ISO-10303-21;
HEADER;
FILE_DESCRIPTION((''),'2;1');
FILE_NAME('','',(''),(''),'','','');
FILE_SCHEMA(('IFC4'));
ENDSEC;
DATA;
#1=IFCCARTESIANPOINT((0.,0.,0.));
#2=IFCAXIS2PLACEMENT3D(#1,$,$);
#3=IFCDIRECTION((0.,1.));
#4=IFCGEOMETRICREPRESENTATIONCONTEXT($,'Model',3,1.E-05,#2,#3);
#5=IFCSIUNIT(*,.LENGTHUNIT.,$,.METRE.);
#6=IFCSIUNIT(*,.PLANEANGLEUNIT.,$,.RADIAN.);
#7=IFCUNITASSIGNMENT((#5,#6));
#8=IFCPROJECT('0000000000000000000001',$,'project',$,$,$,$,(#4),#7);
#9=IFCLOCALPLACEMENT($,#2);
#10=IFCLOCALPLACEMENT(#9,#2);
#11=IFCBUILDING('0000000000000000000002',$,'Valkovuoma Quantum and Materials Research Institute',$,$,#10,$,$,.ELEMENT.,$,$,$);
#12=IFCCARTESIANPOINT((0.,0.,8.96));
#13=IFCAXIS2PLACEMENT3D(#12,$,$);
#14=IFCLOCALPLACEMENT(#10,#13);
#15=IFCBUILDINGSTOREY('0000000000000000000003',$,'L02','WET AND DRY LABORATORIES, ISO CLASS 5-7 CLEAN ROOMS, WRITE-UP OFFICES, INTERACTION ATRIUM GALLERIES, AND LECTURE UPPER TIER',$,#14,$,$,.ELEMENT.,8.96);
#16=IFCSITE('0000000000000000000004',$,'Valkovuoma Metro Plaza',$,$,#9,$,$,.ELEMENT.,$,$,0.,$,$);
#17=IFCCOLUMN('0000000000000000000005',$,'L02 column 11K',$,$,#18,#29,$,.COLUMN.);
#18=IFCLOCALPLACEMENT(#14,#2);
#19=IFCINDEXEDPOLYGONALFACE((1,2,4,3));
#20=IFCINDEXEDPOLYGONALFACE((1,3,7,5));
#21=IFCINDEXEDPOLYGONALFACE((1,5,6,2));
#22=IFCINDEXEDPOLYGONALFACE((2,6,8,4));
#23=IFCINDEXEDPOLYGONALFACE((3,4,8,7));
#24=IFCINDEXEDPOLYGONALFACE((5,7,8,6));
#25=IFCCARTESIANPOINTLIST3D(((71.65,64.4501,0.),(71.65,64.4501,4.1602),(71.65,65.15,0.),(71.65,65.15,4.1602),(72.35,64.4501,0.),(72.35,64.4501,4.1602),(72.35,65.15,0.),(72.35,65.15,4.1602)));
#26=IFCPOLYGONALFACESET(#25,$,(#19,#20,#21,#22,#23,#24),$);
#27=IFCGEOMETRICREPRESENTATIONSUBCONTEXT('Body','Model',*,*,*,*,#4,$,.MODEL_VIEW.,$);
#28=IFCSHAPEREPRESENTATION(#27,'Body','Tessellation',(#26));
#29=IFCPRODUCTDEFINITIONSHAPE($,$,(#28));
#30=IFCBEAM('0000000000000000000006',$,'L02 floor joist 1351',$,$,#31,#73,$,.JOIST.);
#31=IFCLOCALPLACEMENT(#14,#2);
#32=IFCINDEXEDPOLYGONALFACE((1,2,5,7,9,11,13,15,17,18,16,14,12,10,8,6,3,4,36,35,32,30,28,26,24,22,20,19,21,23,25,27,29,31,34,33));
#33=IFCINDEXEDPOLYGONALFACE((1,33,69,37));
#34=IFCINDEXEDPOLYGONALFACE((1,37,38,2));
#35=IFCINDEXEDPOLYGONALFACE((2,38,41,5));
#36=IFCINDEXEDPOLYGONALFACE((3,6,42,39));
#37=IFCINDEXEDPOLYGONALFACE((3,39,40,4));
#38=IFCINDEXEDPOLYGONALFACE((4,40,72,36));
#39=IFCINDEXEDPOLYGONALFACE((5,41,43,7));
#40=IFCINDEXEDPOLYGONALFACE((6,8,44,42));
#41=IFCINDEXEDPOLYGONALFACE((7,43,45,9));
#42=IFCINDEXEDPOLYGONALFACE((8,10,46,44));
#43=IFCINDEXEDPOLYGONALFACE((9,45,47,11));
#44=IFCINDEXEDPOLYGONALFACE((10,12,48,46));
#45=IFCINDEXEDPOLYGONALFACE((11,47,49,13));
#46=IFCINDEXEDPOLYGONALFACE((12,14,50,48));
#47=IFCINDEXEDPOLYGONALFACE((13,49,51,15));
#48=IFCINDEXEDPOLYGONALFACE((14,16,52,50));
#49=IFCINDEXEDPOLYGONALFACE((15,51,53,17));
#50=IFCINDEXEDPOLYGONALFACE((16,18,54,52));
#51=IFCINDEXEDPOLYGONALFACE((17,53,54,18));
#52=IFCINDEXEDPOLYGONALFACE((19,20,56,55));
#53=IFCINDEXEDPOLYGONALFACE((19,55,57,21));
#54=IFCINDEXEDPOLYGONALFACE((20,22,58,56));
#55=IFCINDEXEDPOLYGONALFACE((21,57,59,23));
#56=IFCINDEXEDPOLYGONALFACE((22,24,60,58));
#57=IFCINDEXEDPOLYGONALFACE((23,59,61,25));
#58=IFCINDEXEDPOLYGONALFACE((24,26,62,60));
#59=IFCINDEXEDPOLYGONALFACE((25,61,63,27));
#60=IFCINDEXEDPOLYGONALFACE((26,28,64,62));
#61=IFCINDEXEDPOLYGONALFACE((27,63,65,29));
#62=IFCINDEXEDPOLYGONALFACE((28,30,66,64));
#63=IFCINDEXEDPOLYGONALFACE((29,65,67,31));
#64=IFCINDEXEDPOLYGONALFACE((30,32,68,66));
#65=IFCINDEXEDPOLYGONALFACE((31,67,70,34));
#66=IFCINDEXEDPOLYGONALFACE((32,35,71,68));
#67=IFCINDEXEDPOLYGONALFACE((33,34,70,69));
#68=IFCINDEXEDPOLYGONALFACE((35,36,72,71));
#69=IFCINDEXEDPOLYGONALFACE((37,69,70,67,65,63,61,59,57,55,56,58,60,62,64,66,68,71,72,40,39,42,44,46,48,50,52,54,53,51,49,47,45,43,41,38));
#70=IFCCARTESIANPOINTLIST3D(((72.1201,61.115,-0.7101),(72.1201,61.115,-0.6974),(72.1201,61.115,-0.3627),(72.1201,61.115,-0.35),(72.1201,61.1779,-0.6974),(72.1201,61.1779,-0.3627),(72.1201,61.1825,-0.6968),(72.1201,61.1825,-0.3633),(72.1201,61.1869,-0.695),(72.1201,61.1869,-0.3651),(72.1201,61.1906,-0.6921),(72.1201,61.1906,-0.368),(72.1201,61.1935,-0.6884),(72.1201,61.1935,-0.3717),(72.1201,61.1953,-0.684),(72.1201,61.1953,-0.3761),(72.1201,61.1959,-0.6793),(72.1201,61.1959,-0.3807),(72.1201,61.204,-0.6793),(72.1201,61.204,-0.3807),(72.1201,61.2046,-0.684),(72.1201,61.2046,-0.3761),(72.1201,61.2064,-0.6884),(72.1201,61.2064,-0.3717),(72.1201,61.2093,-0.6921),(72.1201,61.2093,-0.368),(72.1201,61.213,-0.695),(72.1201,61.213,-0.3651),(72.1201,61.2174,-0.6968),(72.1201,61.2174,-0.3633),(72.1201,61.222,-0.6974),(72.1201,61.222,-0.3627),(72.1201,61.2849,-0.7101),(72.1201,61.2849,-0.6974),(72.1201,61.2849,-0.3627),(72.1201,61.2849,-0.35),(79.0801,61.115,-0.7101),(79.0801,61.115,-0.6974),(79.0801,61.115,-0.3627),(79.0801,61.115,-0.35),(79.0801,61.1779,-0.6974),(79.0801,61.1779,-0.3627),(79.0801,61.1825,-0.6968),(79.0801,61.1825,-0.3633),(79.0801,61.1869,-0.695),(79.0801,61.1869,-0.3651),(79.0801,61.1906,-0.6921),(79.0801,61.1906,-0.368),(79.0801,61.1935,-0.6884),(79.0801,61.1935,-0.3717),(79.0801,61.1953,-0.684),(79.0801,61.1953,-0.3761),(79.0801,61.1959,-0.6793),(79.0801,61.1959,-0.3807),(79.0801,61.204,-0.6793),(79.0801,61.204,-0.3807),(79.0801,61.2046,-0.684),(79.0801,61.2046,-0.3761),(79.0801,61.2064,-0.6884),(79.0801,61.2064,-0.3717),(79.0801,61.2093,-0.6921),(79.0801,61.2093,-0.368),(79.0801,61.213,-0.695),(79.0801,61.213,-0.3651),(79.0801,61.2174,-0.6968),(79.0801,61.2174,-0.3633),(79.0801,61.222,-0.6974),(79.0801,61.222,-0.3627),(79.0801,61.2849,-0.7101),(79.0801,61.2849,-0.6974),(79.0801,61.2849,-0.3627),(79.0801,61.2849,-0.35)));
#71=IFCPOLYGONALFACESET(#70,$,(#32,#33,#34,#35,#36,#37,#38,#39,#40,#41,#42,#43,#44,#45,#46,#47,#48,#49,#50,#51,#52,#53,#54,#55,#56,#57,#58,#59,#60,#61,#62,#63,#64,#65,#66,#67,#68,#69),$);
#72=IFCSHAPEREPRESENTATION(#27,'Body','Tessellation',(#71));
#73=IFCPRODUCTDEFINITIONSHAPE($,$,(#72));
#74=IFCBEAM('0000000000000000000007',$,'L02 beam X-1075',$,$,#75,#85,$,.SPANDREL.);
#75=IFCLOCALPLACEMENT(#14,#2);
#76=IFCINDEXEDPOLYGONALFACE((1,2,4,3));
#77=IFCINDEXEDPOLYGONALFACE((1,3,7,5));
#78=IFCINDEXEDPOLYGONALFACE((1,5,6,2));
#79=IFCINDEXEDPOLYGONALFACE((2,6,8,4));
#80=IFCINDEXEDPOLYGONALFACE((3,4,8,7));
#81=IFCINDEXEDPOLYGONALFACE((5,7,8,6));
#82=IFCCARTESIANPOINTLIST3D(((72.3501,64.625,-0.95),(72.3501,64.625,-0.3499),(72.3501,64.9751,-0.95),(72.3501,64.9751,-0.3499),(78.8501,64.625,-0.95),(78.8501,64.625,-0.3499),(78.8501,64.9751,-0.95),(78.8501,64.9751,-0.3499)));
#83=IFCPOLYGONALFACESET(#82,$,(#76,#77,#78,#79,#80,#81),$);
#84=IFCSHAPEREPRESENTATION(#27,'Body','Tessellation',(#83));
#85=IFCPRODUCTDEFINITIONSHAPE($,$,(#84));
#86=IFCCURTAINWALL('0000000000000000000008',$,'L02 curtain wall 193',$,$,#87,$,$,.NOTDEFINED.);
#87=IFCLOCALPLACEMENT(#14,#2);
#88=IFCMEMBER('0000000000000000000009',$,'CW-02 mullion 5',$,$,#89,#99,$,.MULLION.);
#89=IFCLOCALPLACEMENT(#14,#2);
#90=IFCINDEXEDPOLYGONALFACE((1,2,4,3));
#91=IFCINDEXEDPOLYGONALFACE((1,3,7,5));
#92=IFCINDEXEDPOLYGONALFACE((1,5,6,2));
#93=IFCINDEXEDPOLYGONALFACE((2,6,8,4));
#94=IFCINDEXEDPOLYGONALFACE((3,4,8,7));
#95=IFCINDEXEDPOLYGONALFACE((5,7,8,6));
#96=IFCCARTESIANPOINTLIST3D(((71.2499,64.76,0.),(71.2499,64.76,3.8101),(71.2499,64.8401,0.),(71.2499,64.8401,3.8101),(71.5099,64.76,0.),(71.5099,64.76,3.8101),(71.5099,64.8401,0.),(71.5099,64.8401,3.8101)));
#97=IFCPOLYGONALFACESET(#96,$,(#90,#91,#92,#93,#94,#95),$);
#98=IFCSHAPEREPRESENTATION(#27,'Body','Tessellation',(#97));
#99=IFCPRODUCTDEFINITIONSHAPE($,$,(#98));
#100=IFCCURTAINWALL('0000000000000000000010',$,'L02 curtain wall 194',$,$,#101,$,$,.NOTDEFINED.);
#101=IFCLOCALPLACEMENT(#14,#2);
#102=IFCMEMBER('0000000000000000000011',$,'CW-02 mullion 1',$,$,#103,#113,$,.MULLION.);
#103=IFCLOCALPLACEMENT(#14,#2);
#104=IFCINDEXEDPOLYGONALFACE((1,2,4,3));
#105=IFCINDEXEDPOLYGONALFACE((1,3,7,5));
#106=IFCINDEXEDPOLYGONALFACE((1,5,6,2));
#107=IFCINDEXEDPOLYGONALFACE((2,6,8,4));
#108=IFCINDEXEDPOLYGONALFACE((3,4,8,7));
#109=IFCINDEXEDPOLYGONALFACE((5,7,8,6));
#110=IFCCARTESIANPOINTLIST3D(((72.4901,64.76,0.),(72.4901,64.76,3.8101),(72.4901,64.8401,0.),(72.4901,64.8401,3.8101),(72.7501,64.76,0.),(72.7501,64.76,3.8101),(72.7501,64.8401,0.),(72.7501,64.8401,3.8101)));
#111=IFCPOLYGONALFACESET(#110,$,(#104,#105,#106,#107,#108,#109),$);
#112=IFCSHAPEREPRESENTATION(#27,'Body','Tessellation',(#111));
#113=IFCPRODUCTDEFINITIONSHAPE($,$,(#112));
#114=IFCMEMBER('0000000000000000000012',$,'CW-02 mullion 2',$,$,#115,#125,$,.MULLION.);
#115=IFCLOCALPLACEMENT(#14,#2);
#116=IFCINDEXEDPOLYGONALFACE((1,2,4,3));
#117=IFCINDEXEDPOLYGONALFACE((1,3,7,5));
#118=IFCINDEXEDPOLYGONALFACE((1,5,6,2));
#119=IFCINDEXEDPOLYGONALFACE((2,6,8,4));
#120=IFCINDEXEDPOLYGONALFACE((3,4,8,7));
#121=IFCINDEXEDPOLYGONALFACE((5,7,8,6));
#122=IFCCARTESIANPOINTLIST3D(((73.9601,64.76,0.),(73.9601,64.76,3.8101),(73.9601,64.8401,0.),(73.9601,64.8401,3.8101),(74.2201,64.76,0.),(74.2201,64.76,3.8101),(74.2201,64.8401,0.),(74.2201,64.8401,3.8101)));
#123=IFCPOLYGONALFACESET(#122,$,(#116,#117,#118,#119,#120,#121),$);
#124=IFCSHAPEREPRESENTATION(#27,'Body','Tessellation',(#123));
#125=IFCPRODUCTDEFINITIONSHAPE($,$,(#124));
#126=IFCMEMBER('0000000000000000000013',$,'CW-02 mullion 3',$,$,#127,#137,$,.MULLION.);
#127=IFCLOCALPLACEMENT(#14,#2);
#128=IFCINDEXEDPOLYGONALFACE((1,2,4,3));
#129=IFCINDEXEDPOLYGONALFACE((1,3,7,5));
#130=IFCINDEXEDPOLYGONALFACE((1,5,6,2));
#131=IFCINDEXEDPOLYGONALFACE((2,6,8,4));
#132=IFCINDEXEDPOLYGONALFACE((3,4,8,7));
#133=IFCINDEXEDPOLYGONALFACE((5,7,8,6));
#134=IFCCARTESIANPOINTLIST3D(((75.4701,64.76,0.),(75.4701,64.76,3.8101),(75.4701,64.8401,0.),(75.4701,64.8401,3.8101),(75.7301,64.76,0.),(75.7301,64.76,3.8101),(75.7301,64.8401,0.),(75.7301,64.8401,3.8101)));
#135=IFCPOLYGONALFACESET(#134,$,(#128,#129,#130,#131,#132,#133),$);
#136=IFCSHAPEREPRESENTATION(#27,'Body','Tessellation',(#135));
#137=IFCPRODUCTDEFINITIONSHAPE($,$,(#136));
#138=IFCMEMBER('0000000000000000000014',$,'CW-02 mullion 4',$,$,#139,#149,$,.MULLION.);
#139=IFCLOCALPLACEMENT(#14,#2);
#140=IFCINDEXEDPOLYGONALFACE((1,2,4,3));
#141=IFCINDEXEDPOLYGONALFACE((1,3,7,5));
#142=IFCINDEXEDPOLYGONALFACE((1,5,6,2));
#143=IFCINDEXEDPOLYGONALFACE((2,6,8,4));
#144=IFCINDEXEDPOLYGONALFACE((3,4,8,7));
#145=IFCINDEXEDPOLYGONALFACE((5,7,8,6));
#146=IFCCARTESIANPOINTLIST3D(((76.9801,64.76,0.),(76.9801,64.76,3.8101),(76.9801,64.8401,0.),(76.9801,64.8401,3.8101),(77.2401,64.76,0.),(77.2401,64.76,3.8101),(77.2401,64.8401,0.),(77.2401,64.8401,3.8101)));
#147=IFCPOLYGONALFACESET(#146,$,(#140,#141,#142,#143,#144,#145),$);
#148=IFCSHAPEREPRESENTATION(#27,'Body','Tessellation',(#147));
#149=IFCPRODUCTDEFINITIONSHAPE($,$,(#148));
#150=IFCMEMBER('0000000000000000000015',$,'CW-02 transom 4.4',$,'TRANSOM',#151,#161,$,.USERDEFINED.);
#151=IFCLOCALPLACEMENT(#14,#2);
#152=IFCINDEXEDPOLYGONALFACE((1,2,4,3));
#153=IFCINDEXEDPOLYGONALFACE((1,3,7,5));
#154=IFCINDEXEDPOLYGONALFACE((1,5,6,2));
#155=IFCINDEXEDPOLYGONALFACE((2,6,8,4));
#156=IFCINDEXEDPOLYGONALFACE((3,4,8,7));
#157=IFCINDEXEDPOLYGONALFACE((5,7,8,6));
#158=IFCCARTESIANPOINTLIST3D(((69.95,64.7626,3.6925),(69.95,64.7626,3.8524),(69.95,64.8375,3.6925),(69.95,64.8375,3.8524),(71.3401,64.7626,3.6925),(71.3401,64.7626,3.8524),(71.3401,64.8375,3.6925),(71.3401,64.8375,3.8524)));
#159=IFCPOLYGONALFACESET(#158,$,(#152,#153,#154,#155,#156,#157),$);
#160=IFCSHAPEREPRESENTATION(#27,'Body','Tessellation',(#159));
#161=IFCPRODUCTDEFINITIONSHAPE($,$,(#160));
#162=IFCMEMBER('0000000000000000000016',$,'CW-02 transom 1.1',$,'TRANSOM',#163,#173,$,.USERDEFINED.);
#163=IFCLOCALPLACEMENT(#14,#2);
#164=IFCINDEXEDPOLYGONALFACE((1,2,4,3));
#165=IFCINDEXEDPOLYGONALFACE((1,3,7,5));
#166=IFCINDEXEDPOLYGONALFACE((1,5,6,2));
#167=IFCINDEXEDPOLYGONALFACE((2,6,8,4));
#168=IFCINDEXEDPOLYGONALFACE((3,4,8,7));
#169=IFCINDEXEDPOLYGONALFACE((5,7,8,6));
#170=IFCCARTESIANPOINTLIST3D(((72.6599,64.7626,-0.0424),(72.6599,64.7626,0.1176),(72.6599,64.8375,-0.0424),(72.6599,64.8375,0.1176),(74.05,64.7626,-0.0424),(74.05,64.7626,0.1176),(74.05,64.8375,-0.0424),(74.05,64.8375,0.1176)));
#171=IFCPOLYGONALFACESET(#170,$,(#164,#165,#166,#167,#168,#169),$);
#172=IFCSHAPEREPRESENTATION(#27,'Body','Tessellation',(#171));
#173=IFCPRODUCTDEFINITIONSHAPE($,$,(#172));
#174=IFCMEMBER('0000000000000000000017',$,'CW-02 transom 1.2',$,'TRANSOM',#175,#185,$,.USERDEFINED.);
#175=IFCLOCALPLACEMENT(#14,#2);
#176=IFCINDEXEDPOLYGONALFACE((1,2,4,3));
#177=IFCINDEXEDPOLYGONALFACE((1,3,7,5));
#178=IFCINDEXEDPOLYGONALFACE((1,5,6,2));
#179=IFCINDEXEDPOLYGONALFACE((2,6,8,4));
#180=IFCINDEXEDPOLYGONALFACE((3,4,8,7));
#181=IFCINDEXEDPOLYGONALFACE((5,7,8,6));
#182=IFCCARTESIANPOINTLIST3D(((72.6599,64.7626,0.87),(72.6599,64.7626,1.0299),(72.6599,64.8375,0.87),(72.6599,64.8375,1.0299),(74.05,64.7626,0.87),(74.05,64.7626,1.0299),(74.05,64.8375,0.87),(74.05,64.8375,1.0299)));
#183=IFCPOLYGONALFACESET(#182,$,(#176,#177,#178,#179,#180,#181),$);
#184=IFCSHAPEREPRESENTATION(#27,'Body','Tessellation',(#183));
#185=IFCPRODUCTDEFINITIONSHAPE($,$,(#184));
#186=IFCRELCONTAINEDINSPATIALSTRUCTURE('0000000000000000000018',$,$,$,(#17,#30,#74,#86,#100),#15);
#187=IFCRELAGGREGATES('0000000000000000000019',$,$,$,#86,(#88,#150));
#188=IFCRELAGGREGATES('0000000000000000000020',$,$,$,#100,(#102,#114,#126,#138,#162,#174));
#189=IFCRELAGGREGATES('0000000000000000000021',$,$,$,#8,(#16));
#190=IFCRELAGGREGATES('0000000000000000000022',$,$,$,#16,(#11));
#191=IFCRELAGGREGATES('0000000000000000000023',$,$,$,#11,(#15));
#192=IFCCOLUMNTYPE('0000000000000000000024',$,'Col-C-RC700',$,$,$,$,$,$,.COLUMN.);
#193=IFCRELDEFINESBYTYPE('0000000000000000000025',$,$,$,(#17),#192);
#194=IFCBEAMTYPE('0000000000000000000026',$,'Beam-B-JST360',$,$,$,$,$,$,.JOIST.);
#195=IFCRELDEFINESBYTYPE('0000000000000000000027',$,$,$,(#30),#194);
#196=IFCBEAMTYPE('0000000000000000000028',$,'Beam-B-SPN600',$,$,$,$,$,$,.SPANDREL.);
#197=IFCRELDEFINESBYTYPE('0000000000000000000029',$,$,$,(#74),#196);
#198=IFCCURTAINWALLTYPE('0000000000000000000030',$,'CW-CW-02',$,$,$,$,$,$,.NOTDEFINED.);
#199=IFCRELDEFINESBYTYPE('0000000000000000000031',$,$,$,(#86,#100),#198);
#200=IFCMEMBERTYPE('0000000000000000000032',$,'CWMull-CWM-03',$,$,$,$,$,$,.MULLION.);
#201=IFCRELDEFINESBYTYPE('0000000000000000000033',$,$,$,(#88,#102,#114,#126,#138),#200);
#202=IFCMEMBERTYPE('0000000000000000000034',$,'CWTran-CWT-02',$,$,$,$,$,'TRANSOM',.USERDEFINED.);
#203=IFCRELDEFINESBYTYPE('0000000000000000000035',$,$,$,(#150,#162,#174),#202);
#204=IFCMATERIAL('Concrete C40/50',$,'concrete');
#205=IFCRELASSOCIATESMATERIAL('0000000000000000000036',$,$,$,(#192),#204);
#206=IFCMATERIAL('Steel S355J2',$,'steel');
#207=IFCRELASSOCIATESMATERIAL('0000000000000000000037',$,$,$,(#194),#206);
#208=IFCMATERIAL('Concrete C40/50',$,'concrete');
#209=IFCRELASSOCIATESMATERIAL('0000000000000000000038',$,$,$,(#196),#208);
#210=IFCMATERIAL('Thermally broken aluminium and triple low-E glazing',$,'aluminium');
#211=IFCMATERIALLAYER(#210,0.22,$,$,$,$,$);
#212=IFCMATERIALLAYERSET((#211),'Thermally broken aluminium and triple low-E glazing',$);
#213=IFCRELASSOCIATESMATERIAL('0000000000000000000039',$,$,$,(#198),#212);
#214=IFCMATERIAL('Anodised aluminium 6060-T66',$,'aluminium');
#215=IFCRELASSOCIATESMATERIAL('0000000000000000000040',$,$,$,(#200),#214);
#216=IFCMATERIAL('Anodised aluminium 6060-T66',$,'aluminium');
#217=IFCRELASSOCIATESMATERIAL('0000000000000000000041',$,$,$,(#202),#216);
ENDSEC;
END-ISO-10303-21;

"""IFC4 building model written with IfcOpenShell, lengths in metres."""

from ifc_helpers import new_model, si_unit, direction, frame, origin, origin_2d, place, context, subcontext, project, spatial, rectangle, i_section, extrude, material, layer, layer_set, material_profile, profile_set, type_object, element, aggregate, save


model = new_model("IFC4")

# Units and contexts
model_context = context("Model", 3, precision=1e-05, world=origin(), true_north=direction((0.0, 1.0)))
body_context = subcontext(model_context, "Body", "Model", "MODEL_VIEW")
ifc_project = project(units=[si_unit("LENGTHUNIT", "METRE"), si_unit("PLANEANGLEUNIT", "RADIAN")], contexts=[model_context])

# Site, building, storey
site_placement = place(None, origin())
site = spatial("IfcSite", under=ifc_project, at=site_placement, Name="Valkovuoma Metro Plaza", CompositionType="ELEMENT", RefElevation=0.0)
building_placement = place(site_placement, origin())
building = spatial("IfcBuilding", under=site, at=building_placement, Name="Valkovuoma Quantum and Materials Research Institute", CompositionType="ELEMENT")
storey_placement = place(building_placement, frame((0.0, 0.0, 8.96)))
storey = spatial("IfcBuildingStorey", under=building, at=storey_placement, Name="L02", Description="WET AND DRY LABORATORIES, ISO CLASS 5-7 CLEAN ROOMS, WRITE-UP OFFICES, INTERACTION ATRIUM GALLERIES, AND LECTURE UPPER TIER", CompositionType="ELEMENT", Elevation=8.96)

# Column
ifc_material_1 = material(Name="Concrete C40/50", Category="concrete")
ifc_material_profile_1 = material_profile(ifc_material_1, rectangle(XDim=0.7, YDim=0.7, at=origin_2d()), Name="Concrete C40/50")
ifc_profile_set_1 = profile_set([ifc_material_profile_1], Name="Concrete C40/50")
column_type = type_object("IfcColumnType", Name="Col-C-RC700", PredefinedType="COLUMN", material=ifc_profile_set_1)
column_placement = place(storey_placement, frame((72.0, 64.8, 0.0), z_axis=(0.0, 0.0, 1.0), x_axis=(1.0, 0.0, 0.0)))
element("IfcColumn", 1, at=column_placement, inside=storey, type_object=column_type, Name="L02 column 11K", PredefinedType="COLUMN", context=body_context, shape_type="SweptSolid", body=[
    extrude(rectangle(XDim=0.7, YDim=0.7, at=origin_2d()), origin(), (0.0, 0.0, 1.0), 4.1602),
])

# Beams
ifc_material_2 = material(Name="Steel S355J2", Category="steel")
ifc_material_profile_2 = material_profile(ifc_material_2, i_section(OverallWidth=0.1699, OverallDepth=0.3601, WebThickness=0.0081, FlangeThickness=0.0127, FilletRadius=0.0181, at=origin_2d()), Name="Steel S355J2")
ifc_profile_set_2 = profile_set([ifc_material_profile_2], Name="Steel S355J2")
beam_type_1 = type_object("IfcBeamType", Name="Beam-B-JST360", PredefinedType="JOIST", material=ifc_profile_set_2)
beam_1_placement = place(storey_placement, frame((72.1201, 61.2, -0.53), z_axis=(1.0, 0.0, 0.0), x_axis=(0.0, 1.0, 0.0)))
element("IfcBeam", 2, at=beam_1_placement, inside=storey, type_object=beam_type_1, Name="L02 floor joist 1351", PredefinedType="JOIST", context=body_context, shape_type="SweptSolid", body=[
    extrude(i_section(OverallWidth=0.1699, OverallDepth=0.3601, WebThickness=0.0081, FlangeThickness=0.0127, FilletRadius=0.0181, at=origin_2d()), origin(), (0.0, 0.0, 1.0), 6.96),
])
ifc_material_3 = material(Name="Concrete C40/50", Category="concrete")
ifc_material_profile_3 = material_profile(ifc_material_3, rectangle(XDim=0.3501, YDim=0.6001, at=origin_2d()), Name="Concrete C40/50")
ifc_profile_set_3 = profile_set([ifc_material_profile_3], Name="Concrete C40/50")
beam_type_2 = type_object("IfcBeamType", Name="Beam-B-SPN600", PredefinedType="SPANDREL", material=ifc_profile_set_3)
beam_2_placement = place(storey_placement, frame((72.3501, 64.8, -0.6499), z_axis=(1.0, 0.0, 0.0), x_axis=(0.0, 1.0, 0.0)))
element("IfcBeam", 3, at=beam_2_placement, inside=storey, type_object=beam_type_2, Name="L02 beam X-1075", PredefinedType="SPANDREL", context=body_context, shape_type="SweptSolid", body=[
    extrude(rectangle(XDim=0.3501, YDim=0.6001, at=origin_2d()), origin(), (0.0, 0.0, 1.0), 6.5),
])

# Curtain wall, member
ifc_material_4 = material(Name="Thermally broken aluminium and triple low-E glazing", Category="aluminium")
ifc_layer_1 = layer(ifc_material_4, 0.22)
ifc_layer_set_1 = layer_set([ifc_layer_1], Name="Thermally broken aluminium and triple low-E glazing")
curtain_wall_type = type_object("IfcCurtainWallType", Name="CW-CW-02", PredefinedType="NOTDEFINED", material=ifc_layer_set_1)
curtain_wall_1_placement = place(storey_placement, origin())
curtain_wall_1 = element("IfcCurtainWall", 4, at=curtain_wall_1_placement, inside=storey, type_object=curtain_wall_type, Name="L02 curtain wall 193", PredefinedType="NOTDEFINED")
ifc_material_5 = material(Name="Anodised aluminium 6060-T66", Category="aluminium")
ifc_material_profile_4 = material_profile(ifc_material_5, rectangle(XDim=0.0801, YDim=0.26, at=origin_2d()), Name="Anodised aluminium 6060-T66")
ifc_profile_set_4 = profile_set([ifc_material_profile_4], Name="Anodised aluminium 6060-T66")
member_type_1 = type_object("IfcMemberType", Name="CWMull-CWM-03", PredefinedType="MULLION", material=ifc_profile_set_4)
member_1_placement = place(storey_placement, frame((71.3799, 64.8, 0.0), z_axis=(0.0, 0.0, 1.0), x_axis=(0.0, 1.0, 0.0)))
member_1 = element("IfcMember", 5, at=member_1_placement, type_object=member_type_1, Name="CW-02 mullion 5", PredefinedType="MULLION", context=body_context, shape_type="SweptSolid", body=[
    extrude(rectangle(XDim=0.0801, YDim=0.26, at=origin_2d()), origin(), (0.0, 0.0, 1.0), 3.8101),
])

# Curtain wall, members
curtain_wall_2_placement = place(storey_placement, origin())
curtain_wall_2 = element("IfcCurtainWall", 6, at=curtain_wall_2_placement, inside=storey, type_object=curtain_wall_type, Name="L02 curtain wall 194", PredefinedType="NOTDEFINED")
member_2_placement = place(storey_placement, frame((72.6201, 64.8, 0.0), z_axis=(0.0, 0.0, 1.0), x_axis=(0.0, 1.0, 0.0)))
member_2 = element("IfcMember", 7, at=member_2_placement, type_object=member_type_1, Name="CW-02 mullion 1", PredefinedType="MULLION", context=body_context, shape_type="SweptSolid", body=[
    extrude(rectangle(XDim=0.0801, YDim=0.26, at=origin_2d()), origin(), (0.0, 0.0, 1.0), 3.8101),
])
member_3_placement = place(storey_placement, frame((74.0901, 64.8, 0.0), z_axis=(0.0, 0.0, 1.0), x_axis=(0.0, 1.0, 0.0)))
member_3 = element("IfcMember", 8, at=member_3_placement, type_object=member_type_1, Name="CW-02 mullion 2", PredefinedType="MULLION", context=body_context, shape_type="SweptSolid", body=[
    extrude(rectangle(XDim=0.0801, YDim=0.26, at=origin_2d()), origin(), (0.0, 0.0, 1.0), 3.8101),
])
member_4_placement = place(storey_placement, frame((75.6001, 64.8, 0.0), z_axis=(0.0, 0.0, 1.0), x_axis=(0.0, 1.0, 0.0)))
member_4 = element("IfcMember", 9, at=member_4_placement, type_object=member_type_1, Name="CW-02 mullion 3", PredefinedType="MULLION", context=body_context, shape_type="SweptSolid", body=[
    extrude(rectangle(XDim=0.0801, YDim=0.26, at=origin_2d()), origin(), (0.0, 0.0, 1.0), 3.8101),
])
member_5_placement = place(storey_placement, frame((77.1101, 64.8, 0.0), z_axis=(0.0, 0.0, 1.0), x_axis=(0.0, 1.0, 0.0)))
member_5 = element("IfcMember", 10, at=member_5_placement, type_object=member_type_1, Name="CW-02 mullion 4", PredefinedType="MULLION", context=body_context, shape_type="SweptSolid", body=[
    extrude(rectangle(XDim=0.0801, YDim=0.26, at=origin_2d()), origin(), (0.0, 0.0, 1.0), 3.8101),
])

# Members
ifc_material_6 = material(Name="Anodised aluminium 6060-T66", Category="aluminium")
ifc_material_profile_5 = material_profile(ifc_material_6, rectangle(XDim=0.075, YDim=0.1599, at=origin_2d()), Name="Anodised aluminium 6060-T66")
ifc_profile_set_5 = profile_set([ifc_material_profile_5], Name="Anodised aluminium 6060-T66")
member_type_2 = type_object("IfcMemberType", Name="CWTran-CWT-02", ElementType="TRANSOM", PredefinedType="USERDEFINED", material=ifc_profile_set_5)
member_6_placement = place(storey_placement, frame((69.95, 64.8, 3.7725), z_axis=(1.0, 0.0, 0.0), x_axis=(0.0, 1.0, 0.0)))
member_6 = element("IfcMember", 11, at=member_6_placement, type_object=member_type_2, Name="CW-02 transom 4.4", ObjectType="TRANSOM", PredefinedType="USERDEFINED", context=body_context, shape_type="SweptSolid", body=[
    extrude(rectangle(XDim=0.075, YDim=0.1599, at=origin_2d()), origin(), (0.0, 0.0, 1.0), 1.3901),
])
member_7_placement = place(storey_placement, frame((72.6599, 64.8, 0.0376), z_axis=(1.0, 0.0, 0.0), x_axis=(0.0, 1.0, 0.0)))
member_7 = element("IfcMember", 12, at=member_7_placement, type_object=member_type_2, Name="CW-02 transom 1.1", ObjectType="TRANSOM", PredefinedType="USERDEFINED", context=body_context, shape_type="SweptSolid", body=[
    extrude(rectangle(XDim=0.075, YDim=0.1599, at=origin_2d()), origin(), (0.0, 0.0, 1.0), 1.3901),
])
member_8_placement = place(storey_placement, frame((72.6599, 64.8, 0.95), z_axis=(1.0, 0.0, 0.0), x_axis=(0.0, 1.0, 0.0)))
member_8 = element("IfcMember", 13, at=member_8_placement, type_object=member_type_2, Name="CW-02 transom 1.2", ObjectType="TRANSOM", PredefinedType="USERDEFINED", context=body_context, shape_type="SweptSolid", body=[
    extrude(rectangle(XDim=0.075, YDim=0.1599, at=origin_2d()), origin(), (0.0, 0.0, 1.0), 1.3901),
])

aggregate(curtain_wall_1, [member_1, member_6])
aggregate(curtain_wall_2, [member_2, member_3, member_4, member_5, member_7, member_8])

save(model, "model.ifc")
